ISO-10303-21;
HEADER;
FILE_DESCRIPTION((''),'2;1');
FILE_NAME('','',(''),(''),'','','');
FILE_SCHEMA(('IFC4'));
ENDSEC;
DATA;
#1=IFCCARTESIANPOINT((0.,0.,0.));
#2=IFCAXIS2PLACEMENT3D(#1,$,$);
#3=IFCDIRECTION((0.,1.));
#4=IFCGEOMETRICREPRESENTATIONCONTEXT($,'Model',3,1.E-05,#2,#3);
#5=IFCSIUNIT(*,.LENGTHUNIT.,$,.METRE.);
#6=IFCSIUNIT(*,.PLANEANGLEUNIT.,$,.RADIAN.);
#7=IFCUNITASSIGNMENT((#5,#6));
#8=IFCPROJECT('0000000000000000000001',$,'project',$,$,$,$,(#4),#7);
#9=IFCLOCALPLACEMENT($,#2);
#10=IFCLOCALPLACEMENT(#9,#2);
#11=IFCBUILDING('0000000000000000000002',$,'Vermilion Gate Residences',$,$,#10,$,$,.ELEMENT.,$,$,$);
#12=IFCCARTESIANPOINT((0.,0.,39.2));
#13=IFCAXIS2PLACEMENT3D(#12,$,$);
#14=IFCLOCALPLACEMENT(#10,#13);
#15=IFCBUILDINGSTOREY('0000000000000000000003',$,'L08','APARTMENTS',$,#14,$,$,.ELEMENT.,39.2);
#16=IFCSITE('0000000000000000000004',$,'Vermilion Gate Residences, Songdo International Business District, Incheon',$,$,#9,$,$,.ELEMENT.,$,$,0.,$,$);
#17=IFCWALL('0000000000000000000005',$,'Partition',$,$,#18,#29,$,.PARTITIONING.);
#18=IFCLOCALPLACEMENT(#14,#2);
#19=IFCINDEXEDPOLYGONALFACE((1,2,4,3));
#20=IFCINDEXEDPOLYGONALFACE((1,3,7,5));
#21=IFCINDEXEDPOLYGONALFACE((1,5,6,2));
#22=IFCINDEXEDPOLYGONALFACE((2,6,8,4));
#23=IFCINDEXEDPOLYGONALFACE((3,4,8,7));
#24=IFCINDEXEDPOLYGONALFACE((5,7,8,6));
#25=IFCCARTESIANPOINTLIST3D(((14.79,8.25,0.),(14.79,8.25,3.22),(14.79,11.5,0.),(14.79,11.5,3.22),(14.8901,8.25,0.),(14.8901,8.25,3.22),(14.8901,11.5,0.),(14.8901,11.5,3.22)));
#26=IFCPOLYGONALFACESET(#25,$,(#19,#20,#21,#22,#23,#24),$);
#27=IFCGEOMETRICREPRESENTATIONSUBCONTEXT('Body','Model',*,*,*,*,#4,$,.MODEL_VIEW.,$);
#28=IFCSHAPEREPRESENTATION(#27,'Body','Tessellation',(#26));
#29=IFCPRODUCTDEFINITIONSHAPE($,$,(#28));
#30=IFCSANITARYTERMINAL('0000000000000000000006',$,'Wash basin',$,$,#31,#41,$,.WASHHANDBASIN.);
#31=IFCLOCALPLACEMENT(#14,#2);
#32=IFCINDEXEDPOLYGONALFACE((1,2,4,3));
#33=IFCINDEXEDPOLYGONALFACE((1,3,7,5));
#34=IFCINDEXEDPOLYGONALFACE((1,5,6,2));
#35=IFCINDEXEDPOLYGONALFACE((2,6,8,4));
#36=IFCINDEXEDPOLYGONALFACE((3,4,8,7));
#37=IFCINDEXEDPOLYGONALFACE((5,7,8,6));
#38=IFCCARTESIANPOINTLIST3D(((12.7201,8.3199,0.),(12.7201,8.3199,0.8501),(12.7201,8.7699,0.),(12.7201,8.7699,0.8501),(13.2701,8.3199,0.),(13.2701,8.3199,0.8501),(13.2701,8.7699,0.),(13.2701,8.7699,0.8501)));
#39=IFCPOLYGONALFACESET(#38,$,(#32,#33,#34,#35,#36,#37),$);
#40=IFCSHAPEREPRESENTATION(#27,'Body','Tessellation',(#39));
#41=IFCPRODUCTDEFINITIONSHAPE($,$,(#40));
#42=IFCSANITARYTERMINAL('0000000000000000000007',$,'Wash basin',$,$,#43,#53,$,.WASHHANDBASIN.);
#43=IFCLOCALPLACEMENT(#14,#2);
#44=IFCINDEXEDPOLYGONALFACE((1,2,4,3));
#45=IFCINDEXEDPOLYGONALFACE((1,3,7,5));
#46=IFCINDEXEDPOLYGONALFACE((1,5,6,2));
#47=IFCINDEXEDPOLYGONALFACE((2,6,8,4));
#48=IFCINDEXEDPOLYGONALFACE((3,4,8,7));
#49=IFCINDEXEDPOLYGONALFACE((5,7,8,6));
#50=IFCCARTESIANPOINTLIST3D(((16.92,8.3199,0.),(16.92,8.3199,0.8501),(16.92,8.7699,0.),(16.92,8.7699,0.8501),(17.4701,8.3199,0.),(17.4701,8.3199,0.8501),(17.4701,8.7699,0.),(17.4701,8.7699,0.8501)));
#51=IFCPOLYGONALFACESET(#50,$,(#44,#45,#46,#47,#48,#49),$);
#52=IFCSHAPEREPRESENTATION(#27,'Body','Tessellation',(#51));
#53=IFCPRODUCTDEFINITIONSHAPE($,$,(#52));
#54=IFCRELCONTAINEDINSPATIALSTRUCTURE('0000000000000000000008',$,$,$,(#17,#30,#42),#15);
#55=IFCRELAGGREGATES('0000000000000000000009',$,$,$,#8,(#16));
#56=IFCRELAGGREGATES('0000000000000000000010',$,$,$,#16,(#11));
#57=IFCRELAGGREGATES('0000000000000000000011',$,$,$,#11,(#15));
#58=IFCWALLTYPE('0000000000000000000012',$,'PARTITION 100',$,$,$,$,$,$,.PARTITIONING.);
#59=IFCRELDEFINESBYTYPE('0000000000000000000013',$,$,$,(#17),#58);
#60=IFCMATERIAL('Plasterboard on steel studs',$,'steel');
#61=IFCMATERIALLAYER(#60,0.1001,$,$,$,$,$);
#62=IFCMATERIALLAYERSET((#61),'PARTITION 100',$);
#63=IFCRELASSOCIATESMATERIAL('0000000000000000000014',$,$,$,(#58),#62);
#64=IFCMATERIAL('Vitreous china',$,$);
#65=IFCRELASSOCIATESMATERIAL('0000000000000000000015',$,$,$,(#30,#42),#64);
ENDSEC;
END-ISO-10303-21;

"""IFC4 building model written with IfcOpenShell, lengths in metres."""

from ifc_helpers import new_model, si_unit, direction, frame, frame_2d, origin, origin_2d, place, context, subcontext, project, spatial, rectangle, extrude, material, layer, layer_set, type_object, element, save


model = new_model("IFC4")

# Units and contexts
model_context = context("Model", 3, precision=1e-05, world=origin(), true_north=direction((0.0, 1.0)))
body_context = subcontext(model_context, "Body", "Model", "MODEL_VIEW")
ifc_project = project(units=[si_unit("LENGTHUNIT", "METRE"), si_unit("PLANEANGLEUNIT", "RADIAN")], contexts=[model_context])

# Site, building, storey
site_placement = place(None, origin())
site = spatial("IfcSite", under=ifc_project, at=site_placement, Name="Vermilion Gate Residences, Songdo International Business District, Incheon", CompositionType="ELEMENT", RefElevation=0.0)
building_placement = place(site_placement, origin())
building = spatial("IfcBuilding", under=site, at=building_placement, Name="Vermilion Gate Residences", CompositionType="ELEMENT")
storey_placement = place(building_placement, frame((0.0, 0.0, 39.2)))
storey = spatial("IfcBuildingStorey", under=building, at=storey_placement, Name="L08", Description="APARTMENTS", CompositionType="ELEMENT", Elevation=39.2)

# Shared definitions
ifc_material_1 = material(Name="Plasterboard on steel studs", Category="steel")
ifc_layer = layer(ifc_material_1, 0.1001)
ifc_layer_set = layer_set([ifc_layer], Name="PARTITION 100")
wall_type = type_object("IfcWallType", Name="PARTITION 100", PredefinedType="PARTITIONING", material=ifc_layer_set)

# Wall
wall_1_placement = place(storey_placement, frame((14.8401, 8.25, 0.0), z_axis=(0.0, 0.0, 1.0), x_axis=(0.0, 1.0, 0.0)))
element("IfcWall", 1, at=wall_1_placement, inside=storey, type_object=wall_type, Name="Partition", PredefinedType="PARTITIONING", context=body_context, shape_type="SweptSolid", body=[
    extrude(rectangle(XDim=3.25, YDim=0.1001, at=frame_2d((1.625, 0.0))), origin(), (0.0, 0.0, 1.0), 3.22),
])

# Sanitary terminals
ifc_material_2 = material(Name="Vitreous china")
for number, where, z_axis, x_axis, name in (
    (2, (12.9951, 8.5449, 0.0), (0.0, 0.0, 1.0), (1.0, 0.0, 0.0), "Wash basin"),
    (3, (17.1951, 8.5449, 0.0), (0.0, 0.0, 1.0), (1.0, 0.0, 0.0), "Wash basin"),
):
    element("IfcSanitaryTerminal", number, at=place(storey_placement, frame(where, z_axis=z_axis, x_axis=x_axis)), inside=storey, material=ifc_material_2, Name=name, PredefinedType="WASHHANDBASIN", context=body_context, shape_type="SweptSolid", body=[
        extrude(rectangle(XDim=0.55, YDim=0.45, at=origin_2d()), origin(), (0.0, 0.0, 1.0), 0.8501),
    ])

save(model, "model.ifc")
